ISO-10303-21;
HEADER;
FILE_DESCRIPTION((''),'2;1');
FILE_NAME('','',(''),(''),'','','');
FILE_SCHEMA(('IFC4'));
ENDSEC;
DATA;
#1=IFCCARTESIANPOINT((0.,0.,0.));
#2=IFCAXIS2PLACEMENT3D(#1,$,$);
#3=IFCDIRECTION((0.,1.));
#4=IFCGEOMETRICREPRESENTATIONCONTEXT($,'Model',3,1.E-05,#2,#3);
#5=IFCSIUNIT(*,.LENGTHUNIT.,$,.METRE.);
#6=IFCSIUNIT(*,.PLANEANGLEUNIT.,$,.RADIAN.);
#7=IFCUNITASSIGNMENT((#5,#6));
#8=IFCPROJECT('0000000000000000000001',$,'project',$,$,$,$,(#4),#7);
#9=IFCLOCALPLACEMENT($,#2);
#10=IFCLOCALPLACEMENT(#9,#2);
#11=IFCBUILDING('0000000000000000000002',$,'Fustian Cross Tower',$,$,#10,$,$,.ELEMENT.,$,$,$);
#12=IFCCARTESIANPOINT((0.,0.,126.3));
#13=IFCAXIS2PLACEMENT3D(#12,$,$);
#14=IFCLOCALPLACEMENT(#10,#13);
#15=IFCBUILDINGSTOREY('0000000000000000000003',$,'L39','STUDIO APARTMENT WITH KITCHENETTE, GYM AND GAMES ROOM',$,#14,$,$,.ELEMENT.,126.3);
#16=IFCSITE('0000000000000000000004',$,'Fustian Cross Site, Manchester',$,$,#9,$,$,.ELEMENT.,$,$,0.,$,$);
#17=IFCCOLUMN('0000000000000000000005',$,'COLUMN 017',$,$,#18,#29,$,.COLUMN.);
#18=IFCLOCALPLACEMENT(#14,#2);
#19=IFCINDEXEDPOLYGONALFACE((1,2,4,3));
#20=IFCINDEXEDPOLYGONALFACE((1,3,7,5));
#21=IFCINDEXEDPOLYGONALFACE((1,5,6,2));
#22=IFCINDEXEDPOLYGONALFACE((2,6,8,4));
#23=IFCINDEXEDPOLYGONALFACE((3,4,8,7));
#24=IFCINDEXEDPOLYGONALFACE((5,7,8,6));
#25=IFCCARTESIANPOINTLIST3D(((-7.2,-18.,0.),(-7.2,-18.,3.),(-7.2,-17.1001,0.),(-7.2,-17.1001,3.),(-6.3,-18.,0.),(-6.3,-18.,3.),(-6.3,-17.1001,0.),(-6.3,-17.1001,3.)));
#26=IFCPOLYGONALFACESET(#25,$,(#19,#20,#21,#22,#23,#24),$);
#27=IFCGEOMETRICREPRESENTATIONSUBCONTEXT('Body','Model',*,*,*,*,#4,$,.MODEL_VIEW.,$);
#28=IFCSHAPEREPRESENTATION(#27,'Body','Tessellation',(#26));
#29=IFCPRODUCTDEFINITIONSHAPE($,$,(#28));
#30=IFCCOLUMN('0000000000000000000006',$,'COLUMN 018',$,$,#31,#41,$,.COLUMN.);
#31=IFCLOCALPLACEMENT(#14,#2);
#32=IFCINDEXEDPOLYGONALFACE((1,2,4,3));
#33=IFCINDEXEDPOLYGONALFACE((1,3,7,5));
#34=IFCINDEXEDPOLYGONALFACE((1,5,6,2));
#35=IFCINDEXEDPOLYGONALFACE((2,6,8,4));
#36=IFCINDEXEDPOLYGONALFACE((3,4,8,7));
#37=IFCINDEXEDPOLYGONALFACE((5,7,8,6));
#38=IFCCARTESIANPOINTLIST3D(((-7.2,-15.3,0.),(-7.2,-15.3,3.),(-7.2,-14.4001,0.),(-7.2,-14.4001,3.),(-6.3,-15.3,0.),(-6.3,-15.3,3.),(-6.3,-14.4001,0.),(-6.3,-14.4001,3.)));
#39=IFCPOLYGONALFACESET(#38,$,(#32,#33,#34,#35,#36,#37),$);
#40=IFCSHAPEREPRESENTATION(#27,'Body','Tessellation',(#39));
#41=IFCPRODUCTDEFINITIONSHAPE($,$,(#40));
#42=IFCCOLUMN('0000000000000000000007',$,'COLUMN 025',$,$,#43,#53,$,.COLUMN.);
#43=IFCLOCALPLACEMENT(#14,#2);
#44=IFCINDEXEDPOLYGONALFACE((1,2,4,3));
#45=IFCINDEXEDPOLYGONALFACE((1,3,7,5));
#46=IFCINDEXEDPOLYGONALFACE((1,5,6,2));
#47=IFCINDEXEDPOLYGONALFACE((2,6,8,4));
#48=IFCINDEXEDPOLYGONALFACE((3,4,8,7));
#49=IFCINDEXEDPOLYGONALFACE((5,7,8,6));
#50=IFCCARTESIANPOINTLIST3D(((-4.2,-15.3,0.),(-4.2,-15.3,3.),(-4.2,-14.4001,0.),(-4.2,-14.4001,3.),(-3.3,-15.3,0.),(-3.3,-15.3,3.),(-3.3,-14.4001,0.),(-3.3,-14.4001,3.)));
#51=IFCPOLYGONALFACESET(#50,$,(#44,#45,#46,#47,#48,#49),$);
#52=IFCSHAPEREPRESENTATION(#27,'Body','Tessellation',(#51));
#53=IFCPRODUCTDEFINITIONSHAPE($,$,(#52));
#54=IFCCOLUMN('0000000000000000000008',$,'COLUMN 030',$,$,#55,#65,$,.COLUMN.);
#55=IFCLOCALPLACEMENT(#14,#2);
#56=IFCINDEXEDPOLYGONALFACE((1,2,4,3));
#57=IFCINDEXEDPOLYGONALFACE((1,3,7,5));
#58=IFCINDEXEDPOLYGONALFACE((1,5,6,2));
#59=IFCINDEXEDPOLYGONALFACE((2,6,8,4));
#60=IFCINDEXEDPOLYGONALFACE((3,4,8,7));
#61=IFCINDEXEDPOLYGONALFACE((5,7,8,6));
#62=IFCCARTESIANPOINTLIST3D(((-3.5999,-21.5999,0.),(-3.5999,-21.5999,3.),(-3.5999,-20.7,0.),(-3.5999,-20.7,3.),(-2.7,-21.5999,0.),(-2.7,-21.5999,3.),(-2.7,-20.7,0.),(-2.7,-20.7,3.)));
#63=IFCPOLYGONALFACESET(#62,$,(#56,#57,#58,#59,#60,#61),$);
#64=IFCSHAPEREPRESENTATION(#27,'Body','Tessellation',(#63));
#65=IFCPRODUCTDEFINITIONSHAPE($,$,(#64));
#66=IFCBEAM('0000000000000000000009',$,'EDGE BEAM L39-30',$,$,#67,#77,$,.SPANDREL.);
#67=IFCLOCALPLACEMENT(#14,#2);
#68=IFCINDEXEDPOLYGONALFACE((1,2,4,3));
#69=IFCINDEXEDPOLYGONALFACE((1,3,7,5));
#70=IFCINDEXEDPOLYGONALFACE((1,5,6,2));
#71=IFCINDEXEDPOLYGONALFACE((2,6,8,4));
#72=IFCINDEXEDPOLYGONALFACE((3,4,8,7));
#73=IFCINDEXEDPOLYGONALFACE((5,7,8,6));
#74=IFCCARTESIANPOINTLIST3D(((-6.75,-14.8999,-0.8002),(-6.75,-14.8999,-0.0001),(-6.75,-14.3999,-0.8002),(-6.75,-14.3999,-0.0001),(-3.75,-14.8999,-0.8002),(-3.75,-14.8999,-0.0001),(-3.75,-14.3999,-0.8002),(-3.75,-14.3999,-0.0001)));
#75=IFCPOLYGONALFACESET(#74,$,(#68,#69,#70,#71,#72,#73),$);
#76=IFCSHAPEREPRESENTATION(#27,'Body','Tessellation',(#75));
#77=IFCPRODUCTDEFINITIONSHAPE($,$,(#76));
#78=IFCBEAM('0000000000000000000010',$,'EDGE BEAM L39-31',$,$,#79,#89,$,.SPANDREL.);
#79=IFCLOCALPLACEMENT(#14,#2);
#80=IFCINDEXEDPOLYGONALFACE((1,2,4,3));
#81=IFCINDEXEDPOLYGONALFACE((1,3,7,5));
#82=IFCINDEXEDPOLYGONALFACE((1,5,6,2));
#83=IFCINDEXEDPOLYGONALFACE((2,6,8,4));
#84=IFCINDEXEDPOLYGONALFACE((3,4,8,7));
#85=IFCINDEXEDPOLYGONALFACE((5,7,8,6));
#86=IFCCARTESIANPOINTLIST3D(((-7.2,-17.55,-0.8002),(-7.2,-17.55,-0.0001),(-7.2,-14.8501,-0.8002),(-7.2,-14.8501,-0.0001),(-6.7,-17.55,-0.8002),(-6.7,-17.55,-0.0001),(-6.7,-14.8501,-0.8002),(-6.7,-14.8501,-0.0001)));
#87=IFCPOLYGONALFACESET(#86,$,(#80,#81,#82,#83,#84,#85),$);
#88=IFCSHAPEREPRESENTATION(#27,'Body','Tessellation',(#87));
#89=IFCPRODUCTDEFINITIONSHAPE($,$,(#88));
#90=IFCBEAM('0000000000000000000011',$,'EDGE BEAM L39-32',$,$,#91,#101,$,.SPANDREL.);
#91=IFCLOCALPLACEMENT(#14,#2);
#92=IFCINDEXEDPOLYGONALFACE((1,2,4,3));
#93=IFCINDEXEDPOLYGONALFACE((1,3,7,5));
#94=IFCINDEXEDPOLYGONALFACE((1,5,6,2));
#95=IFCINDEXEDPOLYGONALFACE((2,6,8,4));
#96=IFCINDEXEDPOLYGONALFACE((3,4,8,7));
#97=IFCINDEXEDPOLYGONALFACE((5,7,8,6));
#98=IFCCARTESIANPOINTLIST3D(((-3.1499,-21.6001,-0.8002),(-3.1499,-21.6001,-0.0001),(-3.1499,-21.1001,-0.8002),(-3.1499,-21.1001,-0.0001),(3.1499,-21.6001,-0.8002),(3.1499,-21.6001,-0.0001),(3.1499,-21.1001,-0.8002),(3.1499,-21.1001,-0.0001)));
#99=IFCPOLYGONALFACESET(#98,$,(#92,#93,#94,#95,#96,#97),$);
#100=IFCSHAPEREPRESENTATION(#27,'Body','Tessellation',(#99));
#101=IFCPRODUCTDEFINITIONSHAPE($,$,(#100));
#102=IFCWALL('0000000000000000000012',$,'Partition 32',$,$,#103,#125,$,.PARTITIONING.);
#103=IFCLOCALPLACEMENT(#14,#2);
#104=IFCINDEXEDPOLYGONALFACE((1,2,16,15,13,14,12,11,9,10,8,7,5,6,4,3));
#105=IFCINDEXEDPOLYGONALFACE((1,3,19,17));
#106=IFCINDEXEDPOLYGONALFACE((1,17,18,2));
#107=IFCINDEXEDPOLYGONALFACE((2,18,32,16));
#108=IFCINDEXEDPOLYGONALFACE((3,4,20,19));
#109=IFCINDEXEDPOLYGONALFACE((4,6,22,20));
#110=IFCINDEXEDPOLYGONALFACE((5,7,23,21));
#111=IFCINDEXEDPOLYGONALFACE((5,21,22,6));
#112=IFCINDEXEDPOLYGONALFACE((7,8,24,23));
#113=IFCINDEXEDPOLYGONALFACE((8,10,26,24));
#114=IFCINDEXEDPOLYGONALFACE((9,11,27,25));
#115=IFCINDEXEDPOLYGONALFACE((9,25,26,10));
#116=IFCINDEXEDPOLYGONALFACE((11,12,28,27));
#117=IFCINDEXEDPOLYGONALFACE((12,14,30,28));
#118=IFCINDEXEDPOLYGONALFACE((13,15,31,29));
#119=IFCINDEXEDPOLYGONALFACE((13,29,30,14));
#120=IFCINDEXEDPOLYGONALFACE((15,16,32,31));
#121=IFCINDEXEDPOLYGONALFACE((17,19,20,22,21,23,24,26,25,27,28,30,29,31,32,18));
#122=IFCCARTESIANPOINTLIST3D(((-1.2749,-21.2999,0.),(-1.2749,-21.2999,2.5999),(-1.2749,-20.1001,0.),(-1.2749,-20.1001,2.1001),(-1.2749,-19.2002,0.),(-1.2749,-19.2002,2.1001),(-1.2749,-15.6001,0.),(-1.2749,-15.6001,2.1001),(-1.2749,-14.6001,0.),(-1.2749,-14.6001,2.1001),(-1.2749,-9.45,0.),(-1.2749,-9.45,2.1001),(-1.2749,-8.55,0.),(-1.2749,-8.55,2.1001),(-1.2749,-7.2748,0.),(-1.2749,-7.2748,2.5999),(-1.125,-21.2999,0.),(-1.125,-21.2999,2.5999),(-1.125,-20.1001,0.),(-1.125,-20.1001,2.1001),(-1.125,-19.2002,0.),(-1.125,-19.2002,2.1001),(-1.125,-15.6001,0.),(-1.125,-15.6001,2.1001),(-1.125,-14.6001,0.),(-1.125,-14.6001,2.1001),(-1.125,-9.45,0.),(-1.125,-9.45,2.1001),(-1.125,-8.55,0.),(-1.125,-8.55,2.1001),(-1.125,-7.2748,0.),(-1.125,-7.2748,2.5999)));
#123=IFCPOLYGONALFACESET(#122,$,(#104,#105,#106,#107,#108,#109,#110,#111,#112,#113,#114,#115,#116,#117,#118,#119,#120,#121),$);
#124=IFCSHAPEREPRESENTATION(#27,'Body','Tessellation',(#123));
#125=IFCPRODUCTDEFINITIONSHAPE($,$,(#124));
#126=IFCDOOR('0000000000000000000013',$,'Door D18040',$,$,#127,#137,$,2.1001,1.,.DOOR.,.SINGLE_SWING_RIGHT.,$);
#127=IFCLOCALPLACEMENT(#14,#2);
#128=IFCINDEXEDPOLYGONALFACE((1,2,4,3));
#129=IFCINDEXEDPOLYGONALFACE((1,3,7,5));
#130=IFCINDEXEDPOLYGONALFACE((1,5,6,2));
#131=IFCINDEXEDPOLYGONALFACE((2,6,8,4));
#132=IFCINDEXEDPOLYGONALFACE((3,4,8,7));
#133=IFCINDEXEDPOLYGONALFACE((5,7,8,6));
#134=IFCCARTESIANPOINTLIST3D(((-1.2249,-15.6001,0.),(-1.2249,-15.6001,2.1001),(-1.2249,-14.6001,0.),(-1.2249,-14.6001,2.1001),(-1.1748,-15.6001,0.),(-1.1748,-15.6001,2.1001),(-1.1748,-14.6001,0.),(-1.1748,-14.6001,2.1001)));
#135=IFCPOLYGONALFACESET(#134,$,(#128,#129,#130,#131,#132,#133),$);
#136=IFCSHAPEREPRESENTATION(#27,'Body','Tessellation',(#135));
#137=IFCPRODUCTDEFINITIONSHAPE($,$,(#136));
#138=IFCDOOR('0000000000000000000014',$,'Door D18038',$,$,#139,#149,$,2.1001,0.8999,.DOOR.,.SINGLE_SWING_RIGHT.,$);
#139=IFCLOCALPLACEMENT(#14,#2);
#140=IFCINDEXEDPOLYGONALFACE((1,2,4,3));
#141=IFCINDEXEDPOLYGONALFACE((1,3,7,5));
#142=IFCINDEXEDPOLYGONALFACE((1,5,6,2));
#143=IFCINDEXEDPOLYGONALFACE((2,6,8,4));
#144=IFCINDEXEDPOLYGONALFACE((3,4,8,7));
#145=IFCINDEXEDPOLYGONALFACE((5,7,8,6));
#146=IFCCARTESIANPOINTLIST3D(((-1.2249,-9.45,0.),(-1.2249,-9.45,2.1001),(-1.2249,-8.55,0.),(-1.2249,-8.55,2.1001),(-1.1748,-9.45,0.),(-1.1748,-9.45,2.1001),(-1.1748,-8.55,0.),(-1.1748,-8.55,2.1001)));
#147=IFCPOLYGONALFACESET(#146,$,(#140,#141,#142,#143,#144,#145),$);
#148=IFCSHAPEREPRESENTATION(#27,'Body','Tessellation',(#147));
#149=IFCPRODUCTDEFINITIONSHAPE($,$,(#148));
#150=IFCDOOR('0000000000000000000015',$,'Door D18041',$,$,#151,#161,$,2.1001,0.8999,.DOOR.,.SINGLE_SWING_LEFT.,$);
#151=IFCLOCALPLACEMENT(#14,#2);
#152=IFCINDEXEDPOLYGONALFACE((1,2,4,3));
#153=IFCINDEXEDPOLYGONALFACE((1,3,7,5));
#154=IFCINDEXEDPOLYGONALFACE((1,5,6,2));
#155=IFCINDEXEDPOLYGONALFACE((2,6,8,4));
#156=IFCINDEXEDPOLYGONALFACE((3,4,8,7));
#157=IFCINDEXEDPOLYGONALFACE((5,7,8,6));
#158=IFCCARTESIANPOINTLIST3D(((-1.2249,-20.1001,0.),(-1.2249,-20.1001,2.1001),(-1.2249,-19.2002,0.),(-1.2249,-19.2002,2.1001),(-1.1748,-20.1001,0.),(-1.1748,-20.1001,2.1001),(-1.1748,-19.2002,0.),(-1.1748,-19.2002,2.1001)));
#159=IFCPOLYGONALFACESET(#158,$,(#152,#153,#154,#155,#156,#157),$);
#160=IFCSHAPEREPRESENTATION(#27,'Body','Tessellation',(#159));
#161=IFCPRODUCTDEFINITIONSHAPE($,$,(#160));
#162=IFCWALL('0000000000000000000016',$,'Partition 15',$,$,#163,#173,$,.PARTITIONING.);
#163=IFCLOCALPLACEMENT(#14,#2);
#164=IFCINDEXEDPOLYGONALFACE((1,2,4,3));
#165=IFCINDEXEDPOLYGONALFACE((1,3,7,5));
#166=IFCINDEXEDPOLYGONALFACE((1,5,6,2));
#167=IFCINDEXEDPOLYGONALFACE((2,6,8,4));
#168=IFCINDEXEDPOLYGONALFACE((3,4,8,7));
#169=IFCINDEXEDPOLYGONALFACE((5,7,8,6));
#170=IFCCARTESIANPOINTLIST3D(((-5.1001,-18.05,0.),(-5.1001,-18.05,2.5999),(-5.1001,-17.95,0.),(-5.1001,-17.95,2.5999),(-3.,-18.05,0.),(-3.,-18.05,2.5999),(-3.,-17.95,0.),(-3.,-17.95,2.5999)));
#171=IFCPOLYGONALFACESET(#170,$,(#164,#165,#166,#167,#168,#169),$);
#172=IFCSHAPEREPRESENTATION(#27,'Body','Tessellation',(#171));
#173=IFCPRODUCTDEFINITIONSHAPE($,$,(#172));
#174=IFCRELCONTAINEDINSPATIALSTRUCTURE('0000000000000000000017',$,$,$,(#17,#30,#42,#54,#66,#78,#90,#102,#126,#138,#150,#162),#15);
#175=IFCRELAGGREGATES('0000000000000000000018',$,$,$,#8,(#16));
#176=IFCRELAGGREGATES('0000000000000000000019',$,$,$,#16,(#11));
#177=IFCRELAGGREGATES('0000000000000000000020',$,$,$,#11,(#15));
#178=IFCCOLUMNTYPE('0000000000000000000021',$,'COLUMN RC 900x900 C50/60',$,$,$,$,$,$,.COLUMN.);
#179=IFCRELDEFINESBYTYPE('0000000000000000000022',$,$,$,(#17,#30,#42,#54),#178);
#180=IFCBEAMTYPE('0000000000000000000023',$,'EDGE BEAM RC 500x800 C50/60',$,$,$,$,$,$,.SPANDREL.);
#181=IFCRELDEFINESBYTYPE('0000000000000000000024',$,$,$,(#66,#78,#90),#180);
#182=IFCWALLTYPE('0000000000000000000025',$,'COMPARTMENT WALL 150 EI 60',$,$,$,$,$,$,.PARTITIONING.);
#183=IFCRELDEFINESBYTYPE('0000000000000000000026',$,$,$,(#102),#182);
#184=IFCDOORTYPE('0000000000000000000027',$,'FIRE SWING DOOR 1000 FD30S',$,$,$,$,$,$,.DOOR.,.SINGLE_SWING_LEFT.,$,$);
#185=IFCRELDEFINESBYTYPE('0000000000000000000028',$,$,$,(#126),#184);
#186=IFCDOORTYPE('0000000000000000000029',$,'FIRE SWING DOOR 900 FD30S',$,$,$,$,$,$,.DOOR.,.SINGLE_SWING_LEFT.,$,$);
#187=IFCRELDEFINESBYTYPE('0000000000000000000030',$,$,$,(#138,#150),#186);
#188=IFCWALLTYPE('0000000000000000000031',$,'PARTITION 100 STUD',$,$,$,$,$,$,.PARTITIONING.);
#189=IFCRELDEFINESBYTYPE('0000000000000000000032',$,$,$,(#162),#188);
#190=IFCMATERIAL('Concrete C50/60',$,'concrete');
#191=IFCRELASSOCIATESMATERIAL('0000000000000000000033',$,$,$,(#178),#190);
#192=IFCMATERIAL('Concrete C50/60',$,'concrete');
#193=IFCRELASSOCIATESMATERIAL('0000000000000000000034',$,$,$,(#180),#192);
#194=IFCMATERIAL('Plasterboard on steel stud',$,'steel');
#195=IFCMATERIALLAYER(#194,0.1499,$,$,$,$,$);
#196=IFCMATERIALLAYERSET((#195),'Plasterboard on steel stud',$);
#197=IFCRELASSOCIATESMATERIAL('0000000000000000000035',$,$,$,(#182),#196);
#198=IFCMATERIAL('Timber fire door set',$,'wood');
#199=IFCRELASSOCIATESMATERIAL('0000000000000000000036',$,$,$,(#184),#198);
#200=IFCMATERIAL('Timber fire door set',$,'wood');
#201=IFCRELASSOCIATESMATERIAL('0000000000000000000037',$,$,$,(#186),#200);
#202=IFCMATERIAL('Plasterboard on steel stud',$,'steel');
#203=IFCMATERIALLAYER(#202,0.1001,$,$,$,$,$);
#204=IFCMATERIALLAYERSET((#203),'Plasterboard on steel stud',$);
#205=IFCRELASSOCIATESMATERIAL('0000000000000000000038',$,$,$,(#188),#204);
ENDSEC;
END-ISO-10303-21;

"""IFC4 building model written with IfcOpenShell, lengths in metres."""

from ifc_helpers import new_model, si_unit, direction, frame, frame_2d, origin, origin_2d, place, context, subcontext, project, spatial, rectangle, extrude, material, layer, layer_set, material_profile, profile_set, type_object, element, fill, save


model = new_model("IFC4")

# Units and contexts
model_context = context("Model", 3, precision=1e-05, world=origin(), true_north=direction((0.0, 1.0)))
body_context = subcontext(model_context, "Body", "Model", "MODEL_VIEW")
ifc_project = project(units=[si_unit("LENGTHUNIT", "METRE"), si_unit("PLANEANGLEUNIT", "RADIAN")], contexts=[model_context])

# Site, building, storey
site_placement = place(None, origin())
site = spatial("IfcSite", under=ifc_project, at=site_placement, Name="Fustian Cross Site, Manchester", CompositionType="ELEMENT", RefElevation=0.0)
building_placement = place(site_placement, origin())
building = spatial("IfcBuilding", under=site, at=building_placement, Name="Fustian Cross Tower", CompositionType="ELEMENT")
storey_placement = place(building_placement, frame((0.0, 0.0, 126.3)))
storey = spatial("IfcBuildingStorey", under=building, at=storey_placement, Name="L39", Description="STUDIO APARTMENT WITH KITCHENETTE, GYM AND GAMES ROOM", CompositionType="ELEMENT", Elevation=126.3)

# Columns
ifc_material_1 = material(Name="Concrete C50/60", Category="concrete")
ifc_material_profile_1 = material_profile(ifc_material_1, rectangle(XDim=0.8999, YDim=0.8999, at=origin_2d()), Name="RC 900x900")
ifc_profile_set_1 = profile_set([ifc_material_profile_1], Name="Concrete C50/60")
column_type = type_object("IfcColumnType", Name="COLUMN RC 900x900 C50/60", PredefinedType="COLUMN", material=ifc_profile_set_1)
for number, where, z_axis, x_axis, name in (
    (1, (-6.75, -17.55, 0.0), (0.0, 0.0, 1.0), (1.0, 0.0, 0.0), "COLUMN 017"),
    (2, (-6.75, -14.8501, 0.0), (0.0, 0.0, 1.0), (1.0, 0.0, 0.0), "COLUMN 018"),
    (3, (-3.75, -14.8501, 0.0), (0.0, 0.0, 1.0), (1.0, 0.0, 0.0), "COLUMN 025"),
    (4, (-3.1499, -21.1499, 0.0), (0.0, 0.0, 1.0), (1.0, 0.0, 0.0), "COLUMN 030"),
):
    element("IfcColumn", number, at=place(storey_placement, frame(where, z_axis=z_axis, x_axis=x_axis)), inside=storey, type_object=column_type, Name=name, PredefinedType="COLUMN", context=body_context, shape_type="SweptSolid", body=[
        extrude(rectangle(XDim=0.8999, YDim=0.8999, at=origin_2d()), origin(), (0.0, 0.0, 1.0), 3.0),
    ])

# Beams
ifc_material_2 = material(Name="Concrete C50/60", Category="concrete")
ifc_material_profile_2 = material_profile(ifc_material_2, rectangle(XDim=0.5, YDim=0.8, at=origin_2d()), Name="RC 500x800")
ifc_profile_set_2 = profile_set([ifc_material_profile_2], Name="Concrete C50/60")
beam_type = type_object("IfcBeamType", Name="EDGE BEAM RC 500x800 C50/60", PredefinedType="SPANDREL", material=ifc_profile_set_2)
beam_1_placement = place(storey_placement, frame((-3.75, -14.6499, -0.4001), z_axis=(-1.0, 0.0, 0.0), x_axis=(0.0, -1.0, 0.0)))
element("IfcBeam", 5, at=beam_1_placement, inside=storey, type_object=beam_type, Name="EDGE BEAM L39-30", PredefinedType="SPANDREL", context=body_context, shape_type="SweptSolid", body=[
    extrude(rectangle(XDim=0.5, YDim=0.8, at=origin_2d()), origin(), (0.0, 0.0, 1.0), 3.0),
])
beam_2_placement = place(storey_placement, frame((-6.95, -14.8501, -0.4001), z_axis=(0.0, -1.0, 0.0), x_axis=(1.0, 0.0, 0.0)))
element("IfcBeam", 6, at=beam_2_placement, inside=storey, type_object=beam_type, Name="EDGE BEAM L39-31", PredefinedType="SPANDREL", context=body_context, shape_type="SweptSolid", body=[
    extrude(rectangle(XDim=0.5, YDim=0.8, at=origin_2d()), origin(), (0.0, 0.0, 1.0), 2.7),
])
beam_3_placement = place(storey_placement, frame((-3.1499, -21.3501, -0.4001), z_axis=(1.0, 0.0, 0.0), x_axis=(0.0, 1.0, 0.0)))
element("IfcBeam", 7, at=beam_3_placement, inside=storey, type_object=beam_type, Name="EDGE BEAM L39-32", PredefinedType="SPANDREL", context=body_context, shape_type="SweptSolid", body=[
    extrude(rectangle(XDim=0.5, YDim=0.8, at=origin_2d()), origin(), (0.0, 0.0, 1.0), 6.2998),
])

# Wall, openings, doors
ifc_material_3 = material(Name="Plasterboard on steel stud", Category="steel")
ifc_layer_1 = layer(ifc_material_3, 0.1499)
ifc_layer_set_1 = layer_set([ifc_layer_1], Name="Plasterboard on steel stud")
wall_type_1 = type_object("IfcWallType", Name="COMPARTMENT WALL 150 EI 60", PredefinedType="PARTITIONING", material=ifc_layer_set_1)
wall_1_placement = place(storey_placement, frame((-1.2, -21.3, 0.0), z_axis=(0.0, 0.0, 1.0), x_axis=(0.0, 1.0, 0.0)))
wall_1 = element("IfcWall", 8, at=wall_1_placement, inside=storey, type_object=wall_type_1, Name="Partition 32", PredefinedType="PARTITIONING", context=body_context, shape_type="SweptSolid", body=[
    extrude(rectangle(XDim=14.0251, YDim=0.1499, at=frame_2d((7.0127, 0.0))), origin(), (0.0, 0.0, 1.0), 2.5999),
])
opening_1_placement = place(wall_1_placement, frame((11.8501, 0.0, 0.0)))
opening_1 = element("IfcOpeningElement", 9, at=opening_1_placement, cuts=wall_1, PredefinedType="OPENING", context=body_context, shape_type="SweptSolid", body=[
    extrude(rectangle(XDim=0.8999, YDim=2.1001, at=frame_2d((0.45, 1.05))), frame((0.0, 0.085, 0.0), z_axis=(0.0, -1.0, 0.0), x_axis=(1.0, 0.0, 0.0)), (0.0, 0.0, 1.0), 0.1699),
])
opening_2_placement = place(wall_1_placement, frame((5.7, 0.0, 0.0)))
opening_2 = element("IfcOpeningElement", 10, at=opening_2_placement, cuts=wall_1, PredefinedType="OPENING", context=body_context, shape_type="SweptSolid", body=[
    extrude(rectangle(XDim=1.0, YDim=2.1001, at=frame_2d((0.5, 1.05))), frame((0.0, 0.085, 0.0), z_axis=(0.0, -1.0, 0.0), x_axis=(1.0, 0.0, 0.0)), (0.0, 0.0, 1.0), 0.1699),
])
opening_3_placement = place(wall_1_placement, frame((1.2, 0.0, 0.0)))
opening_3 = element("IfcOpeningElement", 11, at=opening_3_placement, cuts=wall_1, PredefinedType="OPENING", context=body_context, shape_type="SweptSolid", body=[
    extrude(rectangle(XDim=0.8999, YDim=2.1001, at=frame_2d((0.45, 1.05))), frame((0.0, 0.085, 0.0), z_axis=(0.0, -1.0, 0.0), x_axis=(1.0, 0.0, 0.0)), (0.0, 0.0, 1.0), 0.1699),
])
ifc_material_4 = material(Name="Timber fire door set", Category="wood")
door_type_1 = type_object("IfcDoorType", Name="FIRE SWING DOOR 1000 FD30S", OperationType="SINGLE_SWING_LEFT", PredefinedType="DOOR", material=ifc_material_4)
door_1_placement = place(opening_2_placement, origin())
door_1 = element("IfcDoor", 12, at=door_1_placement, inside=storey, type_object=door_type_1, Name="Door D18040", OperationType="SINGLE_SWING_RIGHT", OverallHeight=2.1001, OverallWidth=1.0, PredefinedType="DOOR", context=body_context, shape_type="SweptSolid", body=[
    extrude(rectangle(XDim=1.0, YDim=2.1001, at=frame_2d((0.5, 1.05))), frame((0.0, 0.0249, 0.0), z_axis=(0.0, -1.0, 0.0), x_axis=(1.0, 0.0, 0.0)), (0.0, 0.0, 1.0), 0.05),
])
fill(opening_2, door_1)
ifc_material_5 = material(Name="Timber fire door set", Category="wood")
door_type_2 = type_object("IfcDoorType", Name="FIRE SWING DOOR 900 FD30S", OperationType="SINGLE_SWING_LEFT", PredefinedType="DOOR", material=ifc_material_5)
door_2_placement = place(opening_1_placement, origin())
door_2 = element("IfcDoor", 13, at=door_2_placement, inside=storey, type_object=door_type_2, Name="Door D18038", OperationType="SINGLE_SWING_RIGHT", OverallHeight=2.1001, OverallWidth=0.8999, PredefinedType="DOOR", context=body_context, shape_type="SweptSolid", body=[
    extrude(rectangle(XDim=0.8999, YDim=2.1001, at=frame_2d((0.45, 1.05))), frame((0.0, 0.0249, 0.0), z_axis=(0.0, -1.0, 0.0), x_axis=(1.0, 0.0, 0.0)), (0.0, 0.0, 1.0), 0.05),
])
fill(opening_1, door_2)
door_3_placement = place(opening_3_placement, origin())
door_3 = element("IfcDoor", 14, at=door_3_placement, inside=storey, type_object=door_type_2, Name="Door D18041", OperationType="SINGLE_SWING_LEFT", OverallHeight=2.1001, OverallWidth=0.8999, PredefinedType="DOOR", context=body_context, shape_type="SweptSolid", body=[
    extrude(rectangle(XDim=0.8999, YDim=2.1001, at=frame_2d((0.45, 1.05))), frame((0.0, 0.0249, 0.0), z_axis=(0.0, -1.0, 0.0), x_axis=(1.0, 0.0, 0.0)), (0.0, 0.0, 1.0), 0.05),
])
fill(opening_3, door_3)

# Wall
ifc_material_6 = material(Name="Plasterboard on steel stud", Category="steel")
ifc_layer_2 = layer(ifc_material_6, 0.1001)
ifc_layer_set_2 = layer_set([ifc_layer_2], Name="Plasterboard on steel stud")
wall_type_2 = type_object("IfcWallType", Name="PARTITION 100 STUD", PredefinedType="PARTITIONING", material=ifc_layer_set_2)
wall_2_placement = place(storey_placement, frame((-5.1001, -18.0, 0.0), z_axis=(0.0, 0.0, 1.0), x_axis=(1.0, 0.0, 0.0)))
element("IfcWall", 15, at=wall_2_placement, inside=storey, type_object=wall_type_2, Name="Partition 15", PredefinedType="PARTITIONING", context=body_context, shape_type="SweptSolid", body=[
    extrude(rectangle(XDim=2.1001, YDim=0.1001, at=frame_2d((1.05, 0.0))), origin(), (0.0, 0.0, 1.0), 2.5999),
])

save(model, "model.ifc")
